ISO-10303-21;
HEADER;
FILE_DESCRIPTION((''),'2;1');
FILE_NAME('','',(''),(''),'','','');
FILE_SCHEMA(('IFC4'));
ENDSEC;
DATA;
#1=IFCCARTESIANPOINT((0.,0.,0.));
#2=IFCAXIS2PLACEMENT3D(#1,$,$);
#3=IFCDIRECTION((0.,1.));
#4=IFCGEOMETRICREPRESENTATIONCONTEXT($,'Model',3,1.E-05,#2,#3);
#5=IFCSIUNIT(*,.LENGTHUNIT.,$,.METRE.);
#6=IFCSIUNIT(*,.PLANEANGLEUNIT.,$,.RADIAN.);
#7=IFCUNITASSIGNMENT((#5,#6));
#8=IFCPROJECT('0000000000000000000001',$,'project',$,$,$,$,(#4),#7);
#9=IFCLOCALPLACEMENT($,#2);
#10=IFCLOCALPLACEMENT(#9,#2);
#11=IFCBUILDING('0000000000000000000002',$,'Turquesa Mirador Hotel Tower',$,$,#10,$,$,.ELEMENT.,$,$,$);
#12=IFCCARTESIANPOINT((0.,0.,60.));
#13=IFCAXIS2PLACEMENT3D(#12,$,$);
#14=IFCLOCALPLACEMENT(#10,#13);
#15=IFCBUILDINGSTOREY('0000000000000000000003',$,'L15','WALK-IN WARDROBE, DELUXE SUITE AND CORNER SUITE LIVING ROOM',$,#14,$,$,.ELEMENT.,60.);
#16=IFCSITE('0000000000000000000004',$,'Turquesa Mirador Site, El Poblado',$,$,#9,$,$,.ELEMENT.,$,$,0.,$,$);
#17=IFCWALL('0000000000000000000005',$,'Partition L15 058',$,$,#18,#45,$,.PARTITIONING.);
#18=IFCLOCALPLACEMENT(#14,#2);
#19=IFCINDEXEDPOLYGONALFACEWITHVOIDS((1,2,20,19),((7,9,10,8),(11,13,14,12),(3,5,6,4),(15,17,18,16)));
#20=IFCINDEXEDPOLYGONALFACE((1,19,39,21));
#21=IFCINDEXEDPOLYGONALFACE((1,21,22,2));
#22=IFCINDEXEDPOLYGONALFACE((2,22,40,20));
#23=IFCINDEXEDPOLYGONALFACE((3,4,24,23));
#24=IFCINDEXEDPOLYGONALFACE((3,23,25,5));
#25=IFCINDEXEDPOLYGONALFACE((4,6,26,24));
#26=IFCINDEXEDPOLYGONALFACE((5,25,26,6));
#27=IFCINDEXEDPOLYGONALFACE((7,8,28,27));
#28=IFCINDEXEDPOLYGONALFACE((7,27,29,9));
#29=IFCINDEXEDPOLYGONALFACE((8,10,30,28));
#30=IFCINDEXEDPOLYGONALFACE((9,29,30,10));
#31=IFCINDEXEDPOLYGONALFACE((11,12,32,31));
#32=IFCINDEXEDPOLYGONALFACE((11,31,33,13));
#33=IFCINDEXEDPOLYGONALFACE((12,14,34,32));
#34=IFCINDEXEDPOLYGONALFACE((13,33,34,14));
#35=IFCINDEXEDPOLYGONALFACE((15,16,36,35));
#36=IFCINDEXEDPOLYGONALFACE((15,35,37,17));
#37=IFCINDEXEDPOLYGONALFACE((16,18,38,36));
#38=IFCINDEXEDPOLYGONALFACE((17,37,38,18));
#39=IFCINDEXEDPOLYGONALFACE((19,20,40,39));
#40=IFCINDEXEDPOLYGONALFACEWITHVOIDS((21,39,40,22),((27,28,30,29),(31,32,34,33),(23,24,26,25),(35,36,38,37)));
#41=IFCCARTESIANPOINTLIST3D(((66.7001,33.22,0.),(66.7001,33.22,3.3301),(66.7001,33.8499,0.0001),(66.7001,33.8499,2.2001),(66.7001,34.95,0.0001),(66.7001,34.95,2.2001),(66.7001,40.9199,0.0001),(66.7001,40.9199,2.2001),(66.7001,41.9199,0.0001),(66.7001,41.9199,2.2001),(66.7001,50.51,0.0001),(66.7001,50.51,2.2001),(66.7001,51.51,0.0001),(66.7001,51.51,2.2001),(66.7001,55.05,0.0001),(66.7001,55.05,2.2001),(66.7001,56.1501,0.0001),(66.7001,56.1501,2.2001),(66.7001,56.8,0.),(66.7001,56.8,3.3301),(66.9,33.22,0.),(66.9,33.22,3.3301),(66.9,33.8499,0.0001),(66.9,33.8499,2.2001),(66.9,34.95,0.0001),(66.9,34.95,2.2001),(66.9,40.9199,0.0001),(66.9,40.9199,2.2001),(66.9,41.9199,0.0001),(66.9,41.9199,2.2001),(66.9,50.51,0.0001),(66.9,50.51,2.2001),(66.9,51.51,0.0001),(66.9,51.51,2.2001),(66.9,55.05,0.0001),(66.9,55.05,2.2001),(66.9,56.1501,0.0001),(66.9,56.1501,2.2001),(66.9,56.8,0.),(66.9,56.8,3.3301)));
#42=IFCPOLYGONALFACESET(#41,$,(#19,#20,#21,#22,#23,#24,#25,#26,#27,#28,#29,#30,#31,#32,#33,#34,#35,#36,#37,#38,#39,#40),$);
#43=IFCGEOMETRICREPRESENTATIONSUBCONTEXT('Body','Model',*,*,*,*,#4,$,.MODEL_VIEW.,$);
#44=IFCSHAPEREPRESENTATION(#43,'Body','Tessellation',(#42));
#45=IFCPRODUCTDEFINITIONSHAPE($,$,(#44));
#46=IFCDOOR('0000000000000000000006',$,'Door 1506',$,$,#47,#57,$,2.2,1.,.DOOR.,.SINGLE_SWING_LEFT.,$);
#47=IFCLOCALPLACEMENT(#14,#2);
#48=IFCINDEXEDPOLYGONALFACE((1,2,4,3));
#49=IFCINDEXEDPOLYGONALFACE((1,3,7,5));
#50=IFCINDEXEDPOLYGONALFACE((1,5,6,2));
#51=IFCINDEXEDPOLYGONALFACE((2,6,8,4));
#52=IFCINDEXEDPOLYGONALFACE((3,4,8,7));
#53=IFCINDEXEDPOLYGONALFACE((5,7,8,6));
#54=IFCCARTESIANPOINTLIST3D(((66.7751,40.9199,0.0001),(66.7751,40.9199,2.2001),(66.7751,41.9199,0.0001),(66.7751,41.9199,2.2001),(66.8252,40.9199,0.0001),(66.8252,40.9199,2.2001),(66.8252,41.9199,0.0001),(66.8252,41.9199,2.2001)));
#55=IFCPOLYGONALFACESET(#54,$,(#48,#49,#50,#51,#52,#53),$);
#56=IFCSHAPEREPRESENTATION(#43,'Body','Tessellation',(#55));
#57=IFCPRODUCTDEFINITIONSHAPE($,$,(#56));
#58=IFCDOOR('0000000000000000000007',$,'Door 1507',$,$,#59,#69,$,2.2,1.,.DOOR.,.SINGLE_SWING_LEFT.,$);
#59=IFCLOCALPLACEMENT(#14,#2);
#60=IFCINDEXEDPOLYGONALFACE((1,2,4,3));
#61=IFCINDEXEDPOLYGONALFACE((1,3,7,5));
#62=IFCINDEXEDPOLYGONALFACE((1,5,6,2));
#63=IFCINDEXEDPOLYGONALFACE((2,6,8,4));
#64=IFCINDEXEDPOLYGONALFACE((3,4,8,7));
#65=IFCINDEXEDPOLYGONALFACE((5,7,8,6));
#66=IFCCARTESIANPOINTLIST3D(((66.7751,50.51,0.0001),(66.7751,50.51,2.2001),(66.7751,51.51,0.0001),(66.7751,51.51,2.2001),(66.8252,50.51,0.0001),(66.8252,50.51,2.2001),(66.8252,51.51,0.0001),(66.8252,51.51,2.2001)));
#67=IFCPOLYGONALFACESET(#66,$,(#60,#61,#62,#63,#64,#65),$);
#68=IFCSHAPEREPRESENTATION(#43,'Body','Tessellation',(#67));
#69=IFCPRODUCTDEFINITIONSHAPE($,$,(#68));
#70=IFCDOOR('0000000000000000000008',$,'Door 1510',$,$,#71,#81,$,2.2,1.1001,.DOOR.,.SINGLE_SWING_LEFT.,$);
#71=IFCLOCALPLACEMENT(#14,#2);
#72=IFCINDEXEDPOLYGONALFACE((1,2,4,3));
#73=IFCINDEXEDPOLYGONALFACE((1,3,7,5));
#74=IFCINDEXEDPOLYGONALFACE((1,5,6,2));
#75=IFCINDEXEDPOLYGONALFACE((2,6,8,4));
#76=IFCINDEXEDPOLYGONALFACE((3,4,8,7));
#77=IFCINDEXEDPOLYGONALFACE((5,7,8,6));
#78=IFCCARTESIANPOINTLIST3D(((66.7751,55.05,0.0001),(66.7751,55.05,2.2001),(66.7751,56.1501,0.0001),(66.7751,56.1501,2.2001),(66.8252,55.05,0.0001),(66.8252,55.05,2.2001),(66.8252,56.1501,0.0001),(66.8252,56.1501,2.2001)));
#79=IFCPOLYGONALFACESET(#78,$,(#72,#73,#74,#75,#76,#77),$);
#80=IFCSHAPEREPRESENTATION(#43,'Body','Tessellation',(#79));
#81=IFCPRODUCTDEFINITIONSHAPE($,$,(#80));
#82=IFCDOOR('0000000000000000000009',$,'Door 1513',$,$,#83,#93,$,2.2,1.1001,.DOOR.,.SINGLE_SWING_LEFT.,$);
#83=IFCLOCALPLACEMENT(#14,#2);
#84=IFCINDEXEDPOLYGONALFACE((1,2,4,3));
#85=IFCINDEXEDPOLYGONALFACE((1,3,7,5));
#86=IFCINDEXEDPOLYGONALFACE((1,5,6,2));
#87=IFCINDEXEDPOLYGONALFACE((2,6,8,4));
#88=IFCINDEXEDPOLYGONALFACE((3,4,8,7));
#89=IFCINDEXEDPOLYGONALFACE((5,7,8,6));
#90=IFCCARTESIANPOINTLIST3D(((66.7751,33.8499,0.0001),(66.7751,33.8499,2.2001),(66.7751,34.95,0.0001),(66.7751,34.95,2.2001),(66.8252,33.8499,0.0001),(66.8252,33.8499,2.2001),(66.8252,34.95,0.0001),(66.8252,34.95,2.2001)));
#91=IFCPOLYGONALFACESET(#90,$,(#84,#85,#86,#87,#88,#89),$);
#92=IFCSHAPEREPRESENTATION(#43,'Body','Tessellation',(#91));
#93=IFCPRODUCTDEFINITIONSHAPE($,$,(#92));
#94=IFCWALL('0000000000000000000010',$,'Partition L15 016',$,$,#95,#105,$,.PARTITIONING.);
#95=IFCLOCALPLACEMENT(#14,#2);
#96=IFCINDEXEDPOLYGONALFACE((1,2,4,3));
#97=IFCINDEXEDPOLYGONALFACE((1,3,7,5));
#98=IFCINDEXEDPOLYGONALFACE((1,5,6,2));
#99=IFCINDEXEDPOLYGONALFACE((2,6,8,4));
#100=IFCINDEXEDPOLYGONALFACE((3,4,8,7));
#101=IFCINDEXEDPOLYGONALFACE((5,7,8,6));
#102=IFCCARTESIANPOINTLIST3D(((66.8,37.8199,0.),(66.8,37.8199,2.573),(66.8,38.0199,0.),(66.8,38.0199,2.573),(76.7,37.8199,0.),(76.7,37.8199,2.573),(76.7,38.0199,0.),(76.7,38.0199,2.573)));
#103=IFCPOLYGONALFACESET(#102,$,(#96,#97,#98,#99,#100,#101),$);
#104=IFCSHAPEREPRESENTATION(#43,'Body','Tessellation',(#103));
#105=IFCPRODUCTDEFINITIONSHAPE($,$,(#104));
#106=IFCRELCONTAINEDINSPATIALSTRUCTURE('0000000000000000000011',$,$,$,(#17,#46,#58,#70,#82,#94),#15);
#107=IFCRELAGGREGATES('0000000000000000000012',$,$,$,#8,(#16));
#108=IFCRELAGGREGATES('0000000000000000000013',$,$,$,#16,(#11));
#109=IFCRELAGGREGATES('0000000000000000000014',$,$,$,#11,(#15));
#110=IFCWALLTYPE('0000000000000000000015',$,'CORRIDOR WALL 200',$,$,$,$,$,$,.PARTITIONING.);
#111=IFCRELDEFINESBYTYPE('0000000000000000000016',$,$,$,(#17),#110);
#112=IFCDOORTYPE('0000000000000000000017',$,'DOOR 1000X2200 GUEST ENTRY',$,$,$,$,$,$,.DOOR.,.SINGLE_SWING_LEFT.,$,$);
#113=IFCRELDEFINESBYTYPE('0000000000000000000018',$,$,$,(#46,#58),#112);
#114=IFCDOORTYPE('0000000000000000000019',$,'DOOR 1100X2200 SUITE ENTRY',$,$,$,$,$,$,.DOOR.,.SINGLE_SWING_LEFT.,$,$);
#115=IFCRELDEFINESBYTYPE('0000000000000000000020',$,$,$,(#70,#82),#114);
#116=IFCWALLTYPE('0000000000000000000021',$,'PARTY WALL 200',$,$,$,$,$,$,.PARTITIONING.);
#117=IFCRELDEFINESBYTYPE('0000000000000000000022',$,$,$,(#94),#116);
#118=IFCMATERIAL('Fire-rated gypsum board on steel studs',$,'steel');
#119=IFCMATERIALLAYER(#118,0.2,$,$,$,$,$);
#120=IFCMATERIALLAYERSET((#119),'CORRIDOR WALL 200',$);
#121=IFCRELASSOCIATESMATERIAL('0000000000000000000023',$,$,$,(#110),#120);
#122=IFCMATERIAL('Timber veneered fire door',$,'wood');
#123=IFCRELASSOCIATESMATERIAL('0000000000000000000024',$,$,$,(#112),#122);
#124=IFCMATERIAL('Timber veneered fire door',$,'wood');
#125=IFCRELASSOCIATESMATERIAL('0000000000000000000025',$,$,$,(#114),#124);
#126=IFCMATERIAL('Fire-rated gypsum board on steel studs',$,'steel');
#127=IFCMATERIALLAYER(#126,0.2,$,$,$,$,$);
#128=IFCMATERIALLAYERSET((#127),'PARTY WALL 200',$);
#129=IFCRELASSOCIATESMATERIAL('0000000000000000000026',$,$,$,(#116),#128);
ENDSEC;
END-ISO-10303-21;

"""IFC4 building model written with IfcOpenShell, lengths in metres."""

from ifc_helpers import new_model, si_unit, direction, frame, frame_2d, origin, place, context, subcontext, project, spatial, rectangle, extrude, material, layer, layer_set, type_object, element, fill, save


model = new_model("IFC4")

# Units and contexts
model_context = context("Model", 3, precision=1e-05, world=origin(), true_north=direction((0.0, 1.0)))
body_context = subcontext(model_context, "Body", "Model", "MODEL_VIEW")
ifc_project = project(units=[si_unit("LENGTHUNIT", "METRE"), si_unit("PLANEANGLEUNIT", "RADIAN")], contexts=[model_context])

# Site, building, storey
site_placement = place(None, origin())
site = spatial("IfcSite", under=ifc_project, at=site_placement, Name="Turquesa Mirador Site, El Poblado", CompositionType="ELEMENT", RefElevation=0.0)
building_placement = place(site_placement, origin())
building = spatial("IfcBuilding", under=site, at=building_placement, Name="Turquesa Mirador Hotel Tower", CompositionType="ELEMENT")
storey_placement = place(building_placement, frame((0.0, 0.0, 60.0)))
storey = spatial("IfcBuildingStorey", under=building, at=storey_placement, Name="L15", Description="WALK-IN WARDROBE, DELUXE SUITE AND CORNER SUITE LIVING ROOM", CompositionType="ELEMENT", Elevation=60.0)

# Wall, openings, doors
ifc_material_1 = material(Name="Fire-rated gypsum board on steel studs", Category="steel")
ifc_layer_1 = layer(ifc_material_1, 0.2)
ifc_layer_set_1 = layer_set([ifc_layer_1], Name="CORRIDOR WALL 200")
wall_type_1 = type_object("IfcWallType", Name="CORRIDOR WALL 200", PredefinedType="PARTITIONING", material=ifc_layer_set_1)
wall_1_placement = place(storey_placement, frame((66.8, 33.22, 0.0), z_axis=(0.0, 0.0, 1.0), x_axis=(0.0, 1.0, 0.0)))
wall_1 = element("IfcWall", 1, at=wall_1_placement, inside=storey, type_object=wall_type_1, Name="Partition L15 058", PredefinedType="PARTITIONING", context=body_context, shape_type="SweptSolid", body=[
    extrude(rectangle(XDim=23.5801, YDim=0.2, at=frame_2d((11.79, 0.0))), origin(), (0.0, 0.0, 1.0), 3.3301),
])
opening_1_placement = place(wall_1_placement, frame((7.7, 0.0, 0.0)))
opening_1 = element("IfcOpeningElement", 2, at=opening_1_placement, cuts=wall_1, PredefinedType="OPENING", context=body_context, shape_type="SweptSolid", body=[
    extrude(rectangle(XDim=1.0, YDim=2.2, at=frame_2d((0.5, 1.1001))), frame((0.0, 0.1099, 0.0), z_axis=(0.0, -1.0, 0.0), x_axis=(1.0, 0.0, 0.0)), (0.0, 0.0, 1.0), 0.22),
])
opening_2_placement = place(wall_1_placement, frame((17.29, 0.0, 0.0)))
opening_2 = element("IfcOpeningElement", 3, at=opening_2_placement, cuts=wall_1, PredefinedType="OPENING", context=body_context, shape_type="SweptSolid", body=[
    extrude(rectangle(XDim=1.0, YDim=2.2, at=frame_2d((0.5, 1.1001))), frame((0.0, 0.1099, 0.0), z_axis=(0.0, -1.0, 0.0), x_axis=(1.0, 0.0, 0.0)), (0.0, 0.0, 1.0), 0.22),
])
opening_3_placement = place(wall_1_placement, frame((21.8301, 0.0, 0.0)))
opening_3 = element("IfcOpeningElement", 4, at=opening_3_placement, cuts=wall_1, PredefinedType="OPENING", context=body_context, shape_type="SweptSolid", body=[
    extrude(rectangle(XDim=1.1001, YDim=2.2, at=frame_2d((0.55, 1.1001))), frame((0.0, 0.1099, 0.0), z_axis=(0.0, -1.0, 0.0), x_axis=(1.0, 0.0, 0.0)), (0.0, 0.0, 1.0), 0.22),
])
opening_4_placement = place(wall_1_placement, frame((0.6299, 0.0, 0.0)))
opening_4 = element("IfcOpeningElement", 5, at=opening_4_placement, cuts=wall_1, PredefinedType="OPENING", context=body_context, shape_type="SweptSolid", body=[
    extrude(rectangle(XDim=1.1001, YDim=2.2, at=frame_2d((0.55, 1.1001))), frame((0.0, 0.1099, 0.0), z_axis=(0.0, -1.0, 0.0), x_axis=(1.0, 0.0, 0.0)), (0.0, 0.0, 1.0), 0.22),
])
ifc_material_2 = material(Name="Timber veneered fire door", Category="wood")
door_type_1 = type_object("IfcDoorType", Name="DOOR 1000X2200 GUEST ENTRY", OperationType="SINGLE_SWING_LEFT", PredefinedType="DOOR", material=ifc_material_2)
door_1_placement = place(opening_1_placement, origin())
door_1 = element("IfcDoor", 6, at=door_1_placement, inside=storey, type_object=door_type_1, Name="Door 1506", OperationType="SINGLE_SWING_LEFT", OverallHeight=2.2, OverallWidth=1.0, PredefinedType="DOOR", context=body_context, shape_type="SweptSolid", body=[
    extrude(rectangle(XDim=1.0, YDim=2.2, at=frame_2d((0.5, 1.1001))), frame((0.0, 0.0249, 0.0), z_axis=(0.0, -1.0, 0.0), x_axis=(1.0, 0.0, 0.0)), (0.0, 0.0, 1.0), 0.05),
])
fill(opening_1, door_1)
door_2_placement = place(opening_2_placement, origin())
door_2 = element("IfcDoor", 7, at=door_2_placement, inside=storey, type_object=door_type_1, Name="Door 1507", OperationType="SINGLE_SWING_LEFT", OverallHeight=2.2, OverallWidth=1.0, PredefinedType="DOOR", context=body_context, shape_type="SweptSolid", body=[
    extrude(rectangle(XDim=1.0, YDim=2.2, at=frame_2d((0.5, 1.1001))), frame((0.0, 0.0249, 0.0), z_axis=(0.0, -1.0, 0.0), x_axis=(1.0, 0.0, 0.0)), (0.0, 0.0, 1.0), 0.05),
])
fill(opening_2, door_2)
ifc_material_3 = material(Name="Timber veneered fire door", Category="wood")
door_type_2 = type_object("IfcDoorType", Name="DOOR 1100X2200 SUITE ENTRY", OperationType="SINGLE_SWING_LEFT", PredefinedType="DOOR", material=ifc_material_3)
door_3_placement = place(opening_3_placement, origin())
door_3 = element("IfcDoor", 8, at=door_3_placement, inside=storey, type_object=door_type_2, Name="Door 1510", OperationType="SINGLE_SWING_LEFT", OverallHeight=2.2, OverallWidth=1.1001, PredefinedType="DOOR", context=body_context, shape_type="SweptSolid", body=[
    extrude(rectangle(XDim=1.1001, YDim=2.2, at=frame_2d((0.55, 1.1001))), frame((0.0, 0.0249, 0.0), z_axis=(0.0, -1.0, 0.0), x_axis=(1.0, 0.0, 0.0)), (0.0, 0.0, 1.0), 0.05),
])
fill(opening_3, door_3)
door_4_placement = place(opening_4_placement, origin())
door_4 = element("IfcDoor", 9, at=door_4_placement, inside=storey, type_object=door_type_2, Name="Door 1513", OperationType="SINGLE_SWING_LEFT", OverallHeight=2.2, OverallWidth=1.1001, PredefinedType="DOOR", context=body_context, shape_type="SweptSolid", body=[
    extrude(rectangle(XDim=1.1001, YDim=2.2, at=frame_2d((0.55, 1.1001))), frame((0.0, 0.0249, 0.0), z_axis=(0.0, -1.0, 0.0), x_axis=(1.0, 0.0, 0.0)), (0.0, 0.0, 1.0), 0.05),
])
fill(opening_4, door_4)

# Wall
ifc_material_4 = material(Name="Fire-rated gypsum board on steel studs", Category="steel")
ifc_layer_2 = layer(ifc_material_4, 0.2)
ifc_layer_set_2 = layer_set([ifc_layer_2], Name="PARTY WALL 200")
wall_type_2 = type_object("IfcWallType", Name="PARTY WALL 200", PredefinedType="PARTITIONING", material=ifc_layer_set_2)
wall_2_placement = place(storey_placement, frame((66.8, 37.9199, 0.0), z_axis=(0.0, 0.0, 1.0), x_axis=(1.0, 0.0, 0.0)))
element("IfcWall", 10, at=wall_2_placement, inside=storey, type_object=wall_type_2, Name="Partition L15 016", PredefinedType="PARTITIONING", context=body_context, shape_type="SweptSolid", body=[
    extrude(rectangle(XDim=9.8999, YDim=0.2, at=frame_2d((4.95, 0.0))), origin(), (0.0, 0.0, 1.0), 2.573),
])

save(model, "model.ifc")
